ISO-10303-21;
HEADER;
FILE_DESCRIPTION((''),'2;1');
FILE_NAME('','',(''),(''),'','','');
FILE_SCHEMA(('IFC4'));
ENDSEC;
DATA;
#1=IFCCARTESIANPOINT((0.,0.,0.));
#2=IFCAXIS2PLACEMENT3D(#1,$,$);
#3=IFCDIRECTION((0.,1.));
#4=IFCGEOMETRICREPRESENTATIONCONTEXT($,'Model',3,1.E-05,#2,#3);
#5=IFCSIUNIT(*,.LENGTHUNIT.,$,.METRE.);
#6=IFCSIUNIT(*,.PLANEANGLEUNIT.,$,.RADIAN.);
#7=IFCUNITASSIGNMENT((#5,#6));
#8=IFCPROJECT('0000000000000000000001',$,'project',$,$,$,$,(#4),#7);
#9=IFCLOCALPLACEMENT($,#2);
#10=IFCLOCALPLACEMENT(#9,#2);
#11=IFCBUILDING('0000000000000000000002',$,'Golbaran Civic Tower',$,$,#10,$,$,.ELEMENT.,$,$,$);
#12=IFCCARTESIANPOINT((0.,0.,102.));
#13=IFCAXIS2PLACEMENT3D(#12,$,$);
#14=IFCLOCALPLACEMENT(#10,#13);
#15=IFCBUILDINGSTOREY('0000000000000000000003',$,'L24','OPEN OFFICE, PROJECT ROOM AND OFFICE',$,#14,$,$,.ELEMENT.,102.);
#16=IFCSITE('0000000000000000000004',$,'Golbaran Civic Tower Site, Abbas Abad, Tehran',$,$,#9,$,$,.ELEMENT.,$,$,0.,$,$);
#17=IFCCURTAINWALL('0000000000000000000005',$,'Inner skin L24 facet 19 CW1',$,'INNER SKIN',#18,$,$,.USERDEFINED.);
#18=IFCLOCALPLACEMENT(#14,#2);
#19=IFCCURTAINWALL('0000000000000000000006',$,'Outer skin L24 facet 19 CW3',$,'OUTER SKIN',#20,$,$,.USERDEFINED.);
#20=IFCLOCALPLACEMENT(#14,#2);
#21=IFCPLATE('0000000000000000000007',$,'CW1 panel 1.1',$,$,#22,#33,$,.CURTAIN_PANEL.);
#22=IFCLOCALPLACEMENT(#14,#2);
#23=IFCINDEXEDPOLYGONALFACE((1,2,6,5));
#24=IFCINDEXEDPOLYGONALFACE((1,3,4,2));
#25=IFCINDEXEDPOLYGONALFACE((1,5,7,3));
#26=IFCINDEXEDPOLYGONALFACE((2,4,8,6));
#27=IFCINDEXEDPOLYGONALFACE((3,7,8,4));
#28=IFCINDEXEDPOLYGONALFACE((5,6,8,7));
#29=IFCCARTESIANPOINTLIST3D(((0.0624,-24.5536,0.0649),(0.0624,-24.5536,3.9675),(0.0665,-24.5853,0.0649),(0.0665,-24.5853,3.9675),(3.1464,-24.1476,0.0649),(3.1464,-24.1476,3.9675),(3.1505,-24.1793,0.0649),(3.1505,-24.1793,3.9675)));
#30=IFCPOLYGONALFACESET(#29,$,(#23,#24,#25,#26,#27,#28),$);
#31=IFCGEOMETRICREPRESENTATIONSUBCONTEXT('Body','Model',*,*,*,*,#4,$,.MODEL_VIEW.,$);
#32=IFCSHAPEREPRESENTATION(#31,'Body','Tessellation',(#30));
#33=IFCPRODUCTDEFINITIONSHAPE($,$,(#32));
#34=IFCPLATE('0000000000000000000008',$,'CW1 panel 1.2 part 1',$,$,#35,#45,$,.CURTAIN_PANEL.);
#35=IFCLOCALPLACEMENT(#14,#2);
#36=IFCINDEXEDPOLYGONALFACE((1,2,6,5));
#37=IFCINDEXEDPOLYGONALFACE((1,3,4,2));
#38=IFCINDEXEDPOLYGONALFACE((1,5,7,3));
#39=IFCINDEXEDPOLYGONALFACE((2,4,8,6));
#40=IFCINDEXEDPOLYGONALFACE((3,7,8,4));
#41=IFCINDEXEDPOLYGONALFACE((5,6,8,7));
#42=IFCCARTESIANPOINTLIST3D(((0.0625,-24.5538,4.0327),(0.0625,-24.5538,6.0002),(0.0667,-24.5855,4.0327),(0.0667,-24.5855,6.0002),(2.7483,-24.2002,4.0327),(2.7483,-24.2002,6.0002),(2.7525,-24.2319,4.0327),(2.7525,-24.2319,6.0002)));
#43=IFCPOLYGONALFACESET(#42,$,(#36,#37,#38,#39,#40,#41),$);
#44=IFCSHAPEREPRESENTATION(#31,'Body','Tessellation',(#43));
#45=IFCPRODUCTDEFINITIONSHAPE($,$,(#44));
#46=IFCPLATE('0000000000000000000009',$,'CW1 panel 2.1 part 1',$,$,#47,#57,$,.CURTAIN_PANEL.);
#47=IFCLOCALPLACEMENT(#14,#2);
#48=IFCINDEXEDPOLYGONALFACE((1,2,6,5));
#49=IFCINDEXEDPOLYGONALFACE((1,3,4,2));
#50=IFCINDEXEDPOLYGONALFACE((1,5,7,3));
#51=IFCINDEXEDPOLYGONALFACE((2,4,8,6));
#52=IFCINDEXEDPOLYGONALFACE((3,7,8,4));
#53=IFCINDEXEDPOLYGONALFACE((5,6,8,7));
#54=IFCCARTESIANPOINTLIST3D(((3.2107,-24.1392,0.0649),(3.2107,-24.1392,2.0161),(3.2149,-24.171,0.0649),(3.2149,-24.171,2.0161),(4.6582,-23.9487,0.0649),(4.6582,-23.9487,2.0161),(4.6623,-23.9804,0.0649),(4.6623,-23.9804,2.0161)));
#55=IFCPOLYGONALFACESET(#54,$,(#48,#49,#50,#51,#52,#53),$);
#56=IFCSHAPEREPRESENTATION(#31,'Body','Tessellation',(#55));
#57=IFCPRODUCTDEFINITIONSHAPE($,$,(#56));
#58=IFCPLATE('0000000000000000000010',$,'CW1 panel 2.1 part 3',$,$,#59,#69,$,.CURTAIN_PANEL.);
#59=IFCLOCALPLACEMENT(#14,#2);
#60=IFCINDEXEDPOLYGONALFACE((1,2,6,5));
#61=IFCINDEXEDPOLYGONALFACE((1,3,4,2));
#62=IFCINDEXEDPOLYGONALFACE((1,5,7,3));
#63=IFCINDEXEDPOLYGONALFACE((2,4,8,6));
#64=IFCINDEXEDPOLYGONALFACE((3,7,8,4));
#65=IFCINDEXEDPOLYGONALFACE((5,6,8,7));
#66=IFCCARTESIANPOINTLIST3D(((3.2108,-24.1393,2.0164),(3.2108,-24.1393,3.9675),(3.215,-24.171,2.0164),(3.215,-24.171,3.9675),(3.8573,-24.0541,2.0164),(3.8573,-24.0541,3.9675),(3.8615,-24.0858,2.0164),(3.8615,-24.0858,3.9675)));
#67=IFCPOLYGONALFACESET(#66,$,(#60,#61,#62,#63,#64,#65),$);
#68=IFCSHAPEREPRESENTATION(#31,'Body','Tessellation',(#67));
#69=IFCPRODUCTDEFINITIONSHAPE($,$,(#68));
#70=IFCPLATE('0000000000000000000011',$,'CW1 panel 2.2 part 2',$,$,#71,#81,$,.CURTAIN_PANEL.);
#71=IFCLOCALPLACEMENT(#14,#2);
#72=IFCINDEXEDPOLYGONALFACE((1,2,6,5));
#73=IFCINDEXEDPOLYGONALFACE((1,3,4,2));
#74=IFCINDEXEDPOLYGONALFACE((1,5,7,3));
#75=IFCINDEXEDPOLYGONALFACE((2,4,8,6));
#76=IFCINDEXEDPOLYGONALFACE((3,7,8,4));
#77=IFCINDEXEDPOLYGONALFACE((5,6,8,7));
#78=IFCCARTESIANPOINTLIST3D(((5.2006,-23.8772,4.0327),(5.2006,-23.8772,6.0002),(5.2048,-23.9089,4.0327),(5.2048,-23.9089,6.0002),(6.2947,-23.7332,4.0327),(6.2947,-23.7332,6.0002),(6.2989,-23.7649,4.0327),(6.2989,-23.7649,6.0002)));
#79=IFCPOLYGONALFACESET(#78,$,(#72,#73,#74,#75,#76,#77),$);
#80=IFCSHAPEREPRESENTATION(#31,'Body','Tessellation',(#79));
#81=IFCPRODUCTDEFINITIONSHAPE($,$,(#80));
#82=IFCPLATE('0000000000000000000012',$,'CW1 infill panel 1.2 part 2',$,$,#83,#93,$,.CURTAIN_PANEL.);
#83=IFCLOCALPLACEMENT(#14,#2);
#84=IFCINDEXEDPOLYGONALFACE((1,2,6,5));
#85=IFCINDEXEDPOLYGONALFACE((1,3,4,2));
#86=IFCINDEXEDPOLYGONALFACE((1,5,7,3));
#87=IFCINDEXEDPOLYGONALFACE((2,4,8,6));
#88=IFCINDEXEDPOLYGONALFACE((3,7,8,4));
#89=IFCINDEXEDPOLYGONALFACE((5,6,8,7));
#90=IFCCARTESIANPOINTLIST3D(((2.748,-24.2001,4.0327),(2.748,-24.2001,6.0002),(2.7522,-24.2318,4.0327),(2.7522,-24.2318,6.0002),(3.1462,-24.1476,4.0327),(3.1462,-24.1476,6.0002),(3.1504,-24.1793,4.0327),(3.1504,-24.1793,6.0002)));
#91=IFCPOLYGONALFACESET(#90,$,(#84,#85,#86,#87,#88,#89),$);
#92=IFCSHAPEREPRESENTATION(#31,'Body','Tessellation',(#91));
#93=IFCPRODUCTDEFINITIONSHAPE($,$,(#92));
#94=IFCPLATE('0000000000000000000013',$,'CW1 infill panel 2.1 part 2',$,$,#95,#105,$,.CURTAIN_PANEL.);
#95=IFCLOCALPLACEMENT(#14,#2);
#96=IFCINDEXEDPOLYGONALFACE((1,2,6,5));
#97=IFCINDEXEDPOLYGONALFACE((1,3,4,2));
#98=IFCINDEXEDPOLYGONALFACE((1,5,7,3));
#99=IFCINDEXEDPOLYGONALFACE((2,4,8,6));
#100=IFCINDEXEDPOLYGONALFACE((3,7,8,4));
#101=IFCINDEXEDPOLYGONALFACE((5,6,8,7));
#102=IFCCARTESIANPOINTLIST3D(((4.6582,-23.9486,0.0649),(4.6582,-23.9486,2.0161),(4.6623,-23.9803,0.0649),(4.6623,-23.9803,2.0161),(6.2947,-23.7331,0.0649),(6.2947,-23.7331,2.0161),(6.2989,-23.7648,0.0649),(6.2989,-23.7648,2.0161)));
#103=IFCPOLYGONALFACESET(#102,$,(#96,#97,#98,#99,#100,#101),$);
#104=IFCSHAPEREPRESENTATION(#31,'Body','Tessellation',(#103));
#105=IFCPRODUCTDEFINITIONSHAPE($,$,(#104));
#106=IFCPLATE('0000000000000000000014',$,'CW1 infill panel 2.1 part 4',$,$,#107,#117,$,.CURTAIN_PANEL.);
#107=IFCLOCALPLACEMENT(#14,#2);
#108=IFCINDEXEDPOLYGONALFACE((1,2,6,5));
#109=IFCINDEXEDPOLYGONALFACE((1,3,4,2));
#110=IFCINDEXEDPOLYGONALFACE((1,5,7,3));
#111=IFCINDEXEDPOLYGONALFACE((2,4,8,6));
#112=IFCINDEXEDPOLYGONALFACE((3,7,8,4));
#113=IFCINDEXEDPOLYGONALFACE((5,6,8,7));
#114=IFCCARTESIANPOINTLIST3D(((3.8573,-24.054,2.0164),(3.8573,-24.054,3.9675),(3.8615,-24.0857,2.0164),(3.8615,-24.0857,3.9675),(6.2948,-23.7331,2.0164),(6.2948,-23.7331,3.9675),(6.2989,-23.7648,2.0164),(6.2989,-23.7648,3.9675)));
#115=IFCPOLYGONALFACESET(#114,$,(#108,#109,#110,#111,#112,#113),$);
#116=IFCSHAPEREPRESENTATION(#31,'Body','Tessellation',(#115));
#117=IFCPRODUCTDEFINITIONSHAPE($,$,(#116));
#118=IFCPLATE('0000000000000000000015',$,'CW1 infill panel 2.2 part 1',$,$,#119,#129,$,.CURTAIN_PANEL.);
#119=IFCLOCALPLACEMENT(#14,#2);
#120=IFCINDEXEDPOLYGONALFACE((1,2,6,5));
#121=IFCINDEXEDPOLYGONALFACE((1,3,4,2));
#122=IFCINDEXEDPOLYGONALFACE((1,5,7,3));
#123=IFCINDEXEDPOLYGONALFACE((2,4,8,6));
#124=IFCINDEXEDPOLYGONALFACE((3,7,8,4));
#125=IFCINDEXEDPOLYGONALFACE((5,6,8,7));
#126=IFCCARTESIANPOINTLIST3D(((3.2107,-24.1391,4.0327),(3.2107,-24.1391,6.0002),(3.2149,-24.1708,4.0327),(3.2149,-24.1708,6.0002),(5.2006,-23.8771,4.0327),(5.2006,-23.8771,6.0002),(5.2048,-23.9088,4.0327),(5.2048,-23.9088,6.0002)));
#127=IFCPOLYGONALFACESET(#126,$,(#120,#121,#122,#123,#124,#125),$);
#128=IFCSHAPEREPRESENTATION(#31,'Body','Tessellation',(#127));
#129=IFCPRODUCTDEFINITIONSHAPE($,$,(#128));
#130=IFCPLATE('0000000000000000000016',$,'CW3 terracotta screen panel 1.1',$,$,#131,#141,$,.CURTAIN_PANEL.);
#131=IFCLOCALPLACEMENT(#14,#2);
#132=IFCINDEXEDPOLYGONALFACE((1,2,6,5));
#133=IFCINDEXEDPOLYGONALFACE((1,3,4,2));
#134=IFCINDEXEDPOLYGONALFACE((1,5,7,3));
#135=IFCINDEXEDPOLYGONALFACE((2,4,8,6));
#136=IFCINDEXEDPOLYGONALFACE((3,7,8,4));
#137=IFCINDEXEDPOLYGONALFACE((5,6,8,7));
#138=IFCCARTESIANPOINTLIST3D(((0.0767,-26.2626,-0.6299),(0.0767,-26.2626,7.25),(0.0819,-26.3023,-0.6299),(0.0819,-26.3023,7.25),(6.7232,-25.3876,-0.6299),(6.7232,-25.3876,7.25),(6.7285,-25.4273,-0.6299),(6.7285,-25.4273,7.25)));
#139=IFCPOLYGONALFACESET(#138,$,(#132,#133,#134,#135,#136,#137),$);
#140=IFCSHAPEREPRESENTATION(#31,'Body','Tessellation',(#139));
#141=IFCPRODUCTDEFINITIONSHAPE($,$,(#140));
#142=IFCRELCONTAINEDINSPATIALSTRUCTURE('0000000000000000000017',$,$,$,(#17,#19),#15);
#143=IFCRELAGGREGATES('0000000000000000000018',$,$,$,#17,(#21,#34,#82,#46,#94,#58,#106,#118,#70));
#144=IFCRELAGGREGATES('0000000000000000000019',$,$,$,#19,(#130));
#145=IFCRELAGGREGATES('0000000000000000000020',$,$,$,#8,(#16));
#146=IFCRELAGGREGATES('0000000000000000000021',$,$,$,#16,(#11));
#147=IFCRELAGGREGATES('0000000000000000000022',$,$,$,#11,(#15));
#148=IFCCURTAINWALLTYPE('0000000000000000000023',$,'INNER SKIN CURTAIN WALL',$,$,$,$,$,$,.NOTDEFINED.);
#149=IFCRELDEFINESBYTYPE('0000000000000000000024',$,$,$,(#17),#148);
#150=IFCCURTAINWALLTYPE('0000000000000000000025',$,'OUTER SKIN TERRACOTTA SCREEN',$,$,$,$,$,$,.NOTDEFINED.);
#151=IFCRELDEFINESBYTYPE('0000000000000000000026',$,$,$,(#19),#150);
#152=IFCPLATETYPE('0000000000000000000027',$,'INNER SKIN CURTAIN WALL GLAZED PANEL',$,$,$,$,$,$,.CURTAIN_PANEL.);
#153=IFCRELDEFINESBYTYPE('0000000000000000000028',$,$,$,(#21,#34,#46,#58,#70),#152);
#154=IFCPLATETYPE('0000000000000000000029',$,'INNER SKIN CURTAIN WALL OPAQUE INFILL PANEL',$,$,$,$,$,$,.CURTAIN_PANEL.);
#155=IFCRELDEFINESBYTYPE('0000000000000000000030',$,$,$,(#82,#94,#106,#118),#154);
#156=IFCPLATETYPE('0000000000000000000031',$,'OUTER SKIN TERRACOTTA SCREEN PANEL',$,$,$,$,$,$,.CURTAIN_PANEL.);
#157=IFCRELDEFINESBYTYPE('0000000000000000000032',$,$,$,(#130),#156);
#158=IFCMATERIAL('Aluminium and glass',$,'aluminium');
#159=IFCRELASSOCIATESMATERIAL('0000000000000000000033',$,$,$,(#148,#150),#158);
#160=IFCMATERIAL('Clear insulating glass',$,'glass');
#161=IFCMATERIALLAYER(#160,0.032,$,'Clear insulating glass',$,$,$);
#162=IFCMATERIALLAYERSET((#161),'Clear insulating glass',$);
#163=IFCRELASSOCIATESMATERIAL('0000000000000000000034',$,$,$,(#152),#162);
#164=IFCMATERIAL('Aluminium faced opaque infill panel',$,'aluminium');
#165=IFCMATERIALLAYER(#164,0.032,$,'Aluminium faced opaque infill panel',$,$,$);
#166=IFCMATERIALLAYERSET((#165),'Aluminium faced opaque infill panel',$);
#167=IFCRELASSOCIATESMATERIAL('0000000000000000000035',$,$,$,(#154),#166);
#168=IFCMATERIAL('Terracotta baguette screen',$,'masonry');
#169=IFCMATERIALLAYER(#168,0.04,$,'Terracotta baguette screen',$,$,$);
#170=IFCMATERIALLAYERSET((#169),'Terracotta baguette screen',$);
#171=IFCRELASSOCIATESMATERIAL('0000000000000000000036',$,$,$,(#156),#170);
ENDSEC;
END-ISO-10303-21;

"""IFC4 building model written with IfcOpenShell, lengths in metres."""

from ifc_helpers import new_model, si_unit, direction, frame, origin, origin_2d, place, context, subcontext, project, spatial, rectangle, extrude, material, layer, layer_set, type_object, element, aggregate, save


model = new_model("IFC4")

# Units and contexts
model_context = context("Model", 3, precision=1e-05, world=origin(), true_north=direction((0.0, 1.0)))
body_context = subcontext(model_context, "Body", "Model", "MODEL_VIEW")
ifc_project = project(units=[si_unit("LENGTHUNIT", "METRE"), si_unit("PLANEANGLEUNIT", "RADIAN")], contexts=[model_context])

# Site, building, storey
site_placement = place(None, origin())
site = spatial("IfcSite", under=ifc_project, at=site_placement, Name="Golbaran Civic Tower Site, Abbas Abad, Tehran", CompositionType="ELEMENT", RefElevation=0.0)
building_placement = place(site_placement, origin())
building = spatial("IfcBuilding", under=site, at=building_placement, Name="Golbaran Civic Tower", CompositionType="ELEMENT")
storey_placement = place(building_placement, frame((0.0, 0.0, 102.0)))
storey = spatial("IfcBuildingStorey", under=building, at=storey_placement, Name="L24", Description="OPEN OFFICE, PROJECT ROOM AND OFFICE", CompositionType="ELEMENT", Elevation=102.0)

# Curtain wall
ifc_material_1 = material(Name="Aluminium and glass", Category="aluminium")
curtain_wall_type_1 = type_object("IfcCurtainWallType", Name="INNER SKIN CURTAIN WALL", PredefinedType="NOTDEFINED", material=ifc_material_1)
curtain_wall_1_placement = place(storey_placement, origin())
curtain_wall_1 = element("IfcCurtainWall", 1, at=curtain_wall_1_placement, inside=storey, type_object=curtain_wall_type_1, Name="Inner skin L24 facet 19 CW1", ObjectType="INNER SKIN", PredefinedType="USERDEFINED")

# Curtain wall
curtain_wall_type_2 = type_object("IfcCurtainWallType", Name="OUTER SKIN TERRACOTTA SCREEN", PredefinedType="NOTDEFINED", material=ifc_material_1)
curtain_wall_2_placement = place(storey_placement, origin())
curtain_wall_2 = element("IfcCurtainWall", 2, at=curtain_wall_2_placement, inside=storey, type_object=curtain_wall_type_2, Name="Outer skin L24 facet 19 CW3", ObjectType="OUTER SKIN", PredefinedType="USERDEFINED")

# Plates
ifc_material_2 = material(Name="Clear insulating glass", Category="glass")
ifc_layer_1 = layer(ifc_material_2, 0.032, Name="Clear insulating glass")
ifc_layer_set_1 = layer_set([ifc_layer_1], Name="Clear insulating glass")
plate_type_1 = type_object("IfcPlateType", Name="INNER SKIN CURTAIN WALL GLAZED PANEL", PredefinedType="CURTAIN_PANEL", material=ifc_layer_set_1)
plate_1_placement = place(storey_placement, frame((1.6064, -24.3665, 0.0649), z_axis=(0.0, 0.0, 1.0), x_axis=(0.991445, 0.130526, 0.0)))
plate_1 = element("IfcPlate", 3, at=plate_1_placement, type_object=plate_type_1, Name="CW1 panel 1.1", PredefinedType="CURTAIN_PANEL", context=body_context, shape_type="SweptSolid", body=[
    extrude(rectangle(XDim=3.1106, YDim=0.032, at=origin_2d()), origin(), (0.0, 0.0, 1.0), 3.9026),
])
plate_2_placement = place(storey_placement, frame((1.4075, -24.3928, 4.0327), z_axis=(0.0, 0.0, 1.0), x_axis=(0.991445, 0.130526, 0.0)))
plate_2 = element("IfcPlate", 4, at=plate_2_placement, type_object=plate_type_1, Name="CW1 panel 1.2 part 1", PredefinedType="CURTAIN_PANEL", context=body_context, shape_type="SweptSolid", body=[
    extrude(rectangle(XDim=2.709, YDim=0.032, at=origin_2d()), origin(), (0.0, 0.0, 1.0), 1.9675),
])
plate_3_placement = place(storey_placement, frame((3.9365, -24.0598, 0.0649), z_axis=(0.0, 0.0, 1.0), x_axis=(0.991445, 0.130526, 0.0)))
plate_3 = element("IfcPlate", 5, at=plate_3_placement, type_object=plate_type_1, Name="CW1 panel 2.1 part 1", PredefinedType="CURTAIN_PANEL", context=body_context, shape_type="SweptSolid", body=[
    extrude(rectangle(XDim=1.46, YDim=0.032, at=origin_2d()), origin(), (0.0, 0.0, 1.0), 1.9512),
])
plate_4_placement = place(storey_placement, frame((3.5361, -24.1125, 2.0164), z_axis=(0.0, 0.0, 1.0), x_axis=(0.991445, 0.130526, 0.0)))
plate_4 = element("IfcPlate", 6, at=plate_4_placement, type_object=plate_type_1, Name="CW1 panel 2.1 part 3", PredefinedType="CURTAIN_PANEL", context=body_context, shape_type="SweptSolid", body=[
    extrude(rectangle(XDim=0.6521, YDim=0.032, at=origin_2d()), origin(), (0.0, 0.0, 1.0), 1.9512),
])
plate_5_placement = place(storey_placement, frame((5.7498, -23.821, 4.0327), z_axis=(0.0, 0.0, 1.0), x_axis=(0.991445, 0.130526, 0.0)))
plate_5 = element("IfcPlate", 7, at=plate_5_placement, type_object=plate_type_1, Name="CW1 panel 2.2 part 2", PredefinedType="CURTAIN_PANEL", context=body_context, shape_type="SweptSolid", body=[
    extrude(rectangle(XDim=1.1035, YDim=0.032, at=origin_2d()), origin(), (0.0, 0.0, 1.0), 1.9675),
])
ifc_material_3 = material(Name="Aluminium faced opaque infill panel", Category="aluminium")
ifc_layer_2 = layer(ifc_material_3, 0.032, Name="Aluminium faced opaque infill panel")
ifc_layer_set_2 = layer_set([ifc_layer_2], Name="Aluminium faced opaque infill panel")
plate_type_2 = type_object("IfcPlateType", Name="INNER SKIN CURTAIN WALL OPAQUE INFILL PANEL", PredefinedType="CURTAIN_PANEL", material=ifc_layer_set_2)
plate_6_placement = place(storey_placement, frame((2.9492, -24.1897, 4.0327), z_axis=(0.0, 0.0, 1.0), x_axis=(0.991445, 0.130526, 0.0)))
plate_6 = element("IfcPlate", 8, at=plate_6_placement, type_object=plate_type_2, Name="CW1 infill panel 1.2 part 2", PredefinedType="CURTAIN_PANEL", context=body_context, shape_type="SweptSolid", body=[
    extrude(rectangle(XDim=0.4016, YDim=0.032, at=origin_2d()), origin(), (0.0, 0.0, 1.0), 1.9675),
])
plate_7_placement = place(storey_placement, frame((5.4785, -23.8567, 0.0649), z_axis=(0.0, 0.0, 1.0), x_axis=(0.991445, 0.130526, 0.0)))
plate_7 = element("IfcPlate", 9, at=plate_7_placement, type_object=plate_type_2, Name="CW1 infill panel 2.1 part 2", PredefinedType="CURTAIN_PANEL", context=body_context, shape_type="SweptSolid", body=[
    extrude(rectangle(XDim=1.6506, YDim=0.032, at=origin_2d()), origin(), (0.0, 0.0, 1.0), 1.9512),
])
plate_8_placement = place(storey_placement, frame((5.0781, -23.9094, 2.0164), z_axis=(0.0, 0.0, 1.0), x_axis=(0.991445, 0.130526, 0.0)))
plate_8 = element("IfcPlate", 10, at=plate_8_placement, type_object=plate_type_2, Name="CW1 infill panel 2.1 part 4", PredefinedType="CURTAIN_PANEL", context=body_context, shape_type="SweptSolid", body=[
    extrude(rectangle(XDim=2.4585, YDim=0.032, at=origin_2d()), origin(), (0.0, 0.0, 1.0), 1.9512),
])
plate_9_placement = place(storey_placement, frame((4.2078, -24.0239, 4.0327), z_axis=(0.0, 0.0, 1.0), x_axis=(0.991445, 0.130526, 0.0)))
plate_9 = element("IfcPlate", 11, at=plate_9_placement, type_object=plate_type_2, Name="CW1 infill panel 2.2 part 1", PredefinedType="CURTAIN_PANEL", context=body_context, shape_type="SweptSolid", body=[
    extrude(rectangle(XDim=2.0071, YDim=0.032, at=origin_2d()), origin(), (0.0, 0.0, 1.0), 1.9675),
])
aggregate(curtain_wall_1, [plate_1, plate_2, plate_6, plate_3, plate_7, plate_4, plate_8, plate_9, plate_5])
ifc_material_4 = material(Name="Terracotta baguette screen", Category="masonry")
ifc_layer_3 = layer(ifc_material_4, 0.04, Name="Terracotta baguette screen")
ifc_layer_set_3 = layer_set([ifc_layer_3], Name="Terracotta baguette screen")
plate_type_3 = type_object("IfcPlateType", Name="OUTER SKIN TERRACOTTA SCREEN PANEL", PredefinedType="CURTAIN_PANEL", material=ifc_layer_set_3)
plate_10_placement = place(storey_placement, frame((3.4026, -25.845, -0.6299), z_axis=(0.0, 0.0, 1.0), x_axis=(0.991445, 0.130526, 0.0)))
plate_10 = element("IfcPlate", 12, at=plate_10_placement, type_object=plate_type_3, Name="CW3 terracotta screen panel 1.1", PredefinedType="CURTAIN_PANEL", context=body_context, shape_type="SweptSolid", body=[
    extrude(rectangle(XDim=6.7039, YDim=0.04, at=origin_2d()), origin(), (0.0, 0.0, 1.0), 7.8799),
])
aggregate(curtain_wall_2, [plate_10])

save(model, "model.ifc")
